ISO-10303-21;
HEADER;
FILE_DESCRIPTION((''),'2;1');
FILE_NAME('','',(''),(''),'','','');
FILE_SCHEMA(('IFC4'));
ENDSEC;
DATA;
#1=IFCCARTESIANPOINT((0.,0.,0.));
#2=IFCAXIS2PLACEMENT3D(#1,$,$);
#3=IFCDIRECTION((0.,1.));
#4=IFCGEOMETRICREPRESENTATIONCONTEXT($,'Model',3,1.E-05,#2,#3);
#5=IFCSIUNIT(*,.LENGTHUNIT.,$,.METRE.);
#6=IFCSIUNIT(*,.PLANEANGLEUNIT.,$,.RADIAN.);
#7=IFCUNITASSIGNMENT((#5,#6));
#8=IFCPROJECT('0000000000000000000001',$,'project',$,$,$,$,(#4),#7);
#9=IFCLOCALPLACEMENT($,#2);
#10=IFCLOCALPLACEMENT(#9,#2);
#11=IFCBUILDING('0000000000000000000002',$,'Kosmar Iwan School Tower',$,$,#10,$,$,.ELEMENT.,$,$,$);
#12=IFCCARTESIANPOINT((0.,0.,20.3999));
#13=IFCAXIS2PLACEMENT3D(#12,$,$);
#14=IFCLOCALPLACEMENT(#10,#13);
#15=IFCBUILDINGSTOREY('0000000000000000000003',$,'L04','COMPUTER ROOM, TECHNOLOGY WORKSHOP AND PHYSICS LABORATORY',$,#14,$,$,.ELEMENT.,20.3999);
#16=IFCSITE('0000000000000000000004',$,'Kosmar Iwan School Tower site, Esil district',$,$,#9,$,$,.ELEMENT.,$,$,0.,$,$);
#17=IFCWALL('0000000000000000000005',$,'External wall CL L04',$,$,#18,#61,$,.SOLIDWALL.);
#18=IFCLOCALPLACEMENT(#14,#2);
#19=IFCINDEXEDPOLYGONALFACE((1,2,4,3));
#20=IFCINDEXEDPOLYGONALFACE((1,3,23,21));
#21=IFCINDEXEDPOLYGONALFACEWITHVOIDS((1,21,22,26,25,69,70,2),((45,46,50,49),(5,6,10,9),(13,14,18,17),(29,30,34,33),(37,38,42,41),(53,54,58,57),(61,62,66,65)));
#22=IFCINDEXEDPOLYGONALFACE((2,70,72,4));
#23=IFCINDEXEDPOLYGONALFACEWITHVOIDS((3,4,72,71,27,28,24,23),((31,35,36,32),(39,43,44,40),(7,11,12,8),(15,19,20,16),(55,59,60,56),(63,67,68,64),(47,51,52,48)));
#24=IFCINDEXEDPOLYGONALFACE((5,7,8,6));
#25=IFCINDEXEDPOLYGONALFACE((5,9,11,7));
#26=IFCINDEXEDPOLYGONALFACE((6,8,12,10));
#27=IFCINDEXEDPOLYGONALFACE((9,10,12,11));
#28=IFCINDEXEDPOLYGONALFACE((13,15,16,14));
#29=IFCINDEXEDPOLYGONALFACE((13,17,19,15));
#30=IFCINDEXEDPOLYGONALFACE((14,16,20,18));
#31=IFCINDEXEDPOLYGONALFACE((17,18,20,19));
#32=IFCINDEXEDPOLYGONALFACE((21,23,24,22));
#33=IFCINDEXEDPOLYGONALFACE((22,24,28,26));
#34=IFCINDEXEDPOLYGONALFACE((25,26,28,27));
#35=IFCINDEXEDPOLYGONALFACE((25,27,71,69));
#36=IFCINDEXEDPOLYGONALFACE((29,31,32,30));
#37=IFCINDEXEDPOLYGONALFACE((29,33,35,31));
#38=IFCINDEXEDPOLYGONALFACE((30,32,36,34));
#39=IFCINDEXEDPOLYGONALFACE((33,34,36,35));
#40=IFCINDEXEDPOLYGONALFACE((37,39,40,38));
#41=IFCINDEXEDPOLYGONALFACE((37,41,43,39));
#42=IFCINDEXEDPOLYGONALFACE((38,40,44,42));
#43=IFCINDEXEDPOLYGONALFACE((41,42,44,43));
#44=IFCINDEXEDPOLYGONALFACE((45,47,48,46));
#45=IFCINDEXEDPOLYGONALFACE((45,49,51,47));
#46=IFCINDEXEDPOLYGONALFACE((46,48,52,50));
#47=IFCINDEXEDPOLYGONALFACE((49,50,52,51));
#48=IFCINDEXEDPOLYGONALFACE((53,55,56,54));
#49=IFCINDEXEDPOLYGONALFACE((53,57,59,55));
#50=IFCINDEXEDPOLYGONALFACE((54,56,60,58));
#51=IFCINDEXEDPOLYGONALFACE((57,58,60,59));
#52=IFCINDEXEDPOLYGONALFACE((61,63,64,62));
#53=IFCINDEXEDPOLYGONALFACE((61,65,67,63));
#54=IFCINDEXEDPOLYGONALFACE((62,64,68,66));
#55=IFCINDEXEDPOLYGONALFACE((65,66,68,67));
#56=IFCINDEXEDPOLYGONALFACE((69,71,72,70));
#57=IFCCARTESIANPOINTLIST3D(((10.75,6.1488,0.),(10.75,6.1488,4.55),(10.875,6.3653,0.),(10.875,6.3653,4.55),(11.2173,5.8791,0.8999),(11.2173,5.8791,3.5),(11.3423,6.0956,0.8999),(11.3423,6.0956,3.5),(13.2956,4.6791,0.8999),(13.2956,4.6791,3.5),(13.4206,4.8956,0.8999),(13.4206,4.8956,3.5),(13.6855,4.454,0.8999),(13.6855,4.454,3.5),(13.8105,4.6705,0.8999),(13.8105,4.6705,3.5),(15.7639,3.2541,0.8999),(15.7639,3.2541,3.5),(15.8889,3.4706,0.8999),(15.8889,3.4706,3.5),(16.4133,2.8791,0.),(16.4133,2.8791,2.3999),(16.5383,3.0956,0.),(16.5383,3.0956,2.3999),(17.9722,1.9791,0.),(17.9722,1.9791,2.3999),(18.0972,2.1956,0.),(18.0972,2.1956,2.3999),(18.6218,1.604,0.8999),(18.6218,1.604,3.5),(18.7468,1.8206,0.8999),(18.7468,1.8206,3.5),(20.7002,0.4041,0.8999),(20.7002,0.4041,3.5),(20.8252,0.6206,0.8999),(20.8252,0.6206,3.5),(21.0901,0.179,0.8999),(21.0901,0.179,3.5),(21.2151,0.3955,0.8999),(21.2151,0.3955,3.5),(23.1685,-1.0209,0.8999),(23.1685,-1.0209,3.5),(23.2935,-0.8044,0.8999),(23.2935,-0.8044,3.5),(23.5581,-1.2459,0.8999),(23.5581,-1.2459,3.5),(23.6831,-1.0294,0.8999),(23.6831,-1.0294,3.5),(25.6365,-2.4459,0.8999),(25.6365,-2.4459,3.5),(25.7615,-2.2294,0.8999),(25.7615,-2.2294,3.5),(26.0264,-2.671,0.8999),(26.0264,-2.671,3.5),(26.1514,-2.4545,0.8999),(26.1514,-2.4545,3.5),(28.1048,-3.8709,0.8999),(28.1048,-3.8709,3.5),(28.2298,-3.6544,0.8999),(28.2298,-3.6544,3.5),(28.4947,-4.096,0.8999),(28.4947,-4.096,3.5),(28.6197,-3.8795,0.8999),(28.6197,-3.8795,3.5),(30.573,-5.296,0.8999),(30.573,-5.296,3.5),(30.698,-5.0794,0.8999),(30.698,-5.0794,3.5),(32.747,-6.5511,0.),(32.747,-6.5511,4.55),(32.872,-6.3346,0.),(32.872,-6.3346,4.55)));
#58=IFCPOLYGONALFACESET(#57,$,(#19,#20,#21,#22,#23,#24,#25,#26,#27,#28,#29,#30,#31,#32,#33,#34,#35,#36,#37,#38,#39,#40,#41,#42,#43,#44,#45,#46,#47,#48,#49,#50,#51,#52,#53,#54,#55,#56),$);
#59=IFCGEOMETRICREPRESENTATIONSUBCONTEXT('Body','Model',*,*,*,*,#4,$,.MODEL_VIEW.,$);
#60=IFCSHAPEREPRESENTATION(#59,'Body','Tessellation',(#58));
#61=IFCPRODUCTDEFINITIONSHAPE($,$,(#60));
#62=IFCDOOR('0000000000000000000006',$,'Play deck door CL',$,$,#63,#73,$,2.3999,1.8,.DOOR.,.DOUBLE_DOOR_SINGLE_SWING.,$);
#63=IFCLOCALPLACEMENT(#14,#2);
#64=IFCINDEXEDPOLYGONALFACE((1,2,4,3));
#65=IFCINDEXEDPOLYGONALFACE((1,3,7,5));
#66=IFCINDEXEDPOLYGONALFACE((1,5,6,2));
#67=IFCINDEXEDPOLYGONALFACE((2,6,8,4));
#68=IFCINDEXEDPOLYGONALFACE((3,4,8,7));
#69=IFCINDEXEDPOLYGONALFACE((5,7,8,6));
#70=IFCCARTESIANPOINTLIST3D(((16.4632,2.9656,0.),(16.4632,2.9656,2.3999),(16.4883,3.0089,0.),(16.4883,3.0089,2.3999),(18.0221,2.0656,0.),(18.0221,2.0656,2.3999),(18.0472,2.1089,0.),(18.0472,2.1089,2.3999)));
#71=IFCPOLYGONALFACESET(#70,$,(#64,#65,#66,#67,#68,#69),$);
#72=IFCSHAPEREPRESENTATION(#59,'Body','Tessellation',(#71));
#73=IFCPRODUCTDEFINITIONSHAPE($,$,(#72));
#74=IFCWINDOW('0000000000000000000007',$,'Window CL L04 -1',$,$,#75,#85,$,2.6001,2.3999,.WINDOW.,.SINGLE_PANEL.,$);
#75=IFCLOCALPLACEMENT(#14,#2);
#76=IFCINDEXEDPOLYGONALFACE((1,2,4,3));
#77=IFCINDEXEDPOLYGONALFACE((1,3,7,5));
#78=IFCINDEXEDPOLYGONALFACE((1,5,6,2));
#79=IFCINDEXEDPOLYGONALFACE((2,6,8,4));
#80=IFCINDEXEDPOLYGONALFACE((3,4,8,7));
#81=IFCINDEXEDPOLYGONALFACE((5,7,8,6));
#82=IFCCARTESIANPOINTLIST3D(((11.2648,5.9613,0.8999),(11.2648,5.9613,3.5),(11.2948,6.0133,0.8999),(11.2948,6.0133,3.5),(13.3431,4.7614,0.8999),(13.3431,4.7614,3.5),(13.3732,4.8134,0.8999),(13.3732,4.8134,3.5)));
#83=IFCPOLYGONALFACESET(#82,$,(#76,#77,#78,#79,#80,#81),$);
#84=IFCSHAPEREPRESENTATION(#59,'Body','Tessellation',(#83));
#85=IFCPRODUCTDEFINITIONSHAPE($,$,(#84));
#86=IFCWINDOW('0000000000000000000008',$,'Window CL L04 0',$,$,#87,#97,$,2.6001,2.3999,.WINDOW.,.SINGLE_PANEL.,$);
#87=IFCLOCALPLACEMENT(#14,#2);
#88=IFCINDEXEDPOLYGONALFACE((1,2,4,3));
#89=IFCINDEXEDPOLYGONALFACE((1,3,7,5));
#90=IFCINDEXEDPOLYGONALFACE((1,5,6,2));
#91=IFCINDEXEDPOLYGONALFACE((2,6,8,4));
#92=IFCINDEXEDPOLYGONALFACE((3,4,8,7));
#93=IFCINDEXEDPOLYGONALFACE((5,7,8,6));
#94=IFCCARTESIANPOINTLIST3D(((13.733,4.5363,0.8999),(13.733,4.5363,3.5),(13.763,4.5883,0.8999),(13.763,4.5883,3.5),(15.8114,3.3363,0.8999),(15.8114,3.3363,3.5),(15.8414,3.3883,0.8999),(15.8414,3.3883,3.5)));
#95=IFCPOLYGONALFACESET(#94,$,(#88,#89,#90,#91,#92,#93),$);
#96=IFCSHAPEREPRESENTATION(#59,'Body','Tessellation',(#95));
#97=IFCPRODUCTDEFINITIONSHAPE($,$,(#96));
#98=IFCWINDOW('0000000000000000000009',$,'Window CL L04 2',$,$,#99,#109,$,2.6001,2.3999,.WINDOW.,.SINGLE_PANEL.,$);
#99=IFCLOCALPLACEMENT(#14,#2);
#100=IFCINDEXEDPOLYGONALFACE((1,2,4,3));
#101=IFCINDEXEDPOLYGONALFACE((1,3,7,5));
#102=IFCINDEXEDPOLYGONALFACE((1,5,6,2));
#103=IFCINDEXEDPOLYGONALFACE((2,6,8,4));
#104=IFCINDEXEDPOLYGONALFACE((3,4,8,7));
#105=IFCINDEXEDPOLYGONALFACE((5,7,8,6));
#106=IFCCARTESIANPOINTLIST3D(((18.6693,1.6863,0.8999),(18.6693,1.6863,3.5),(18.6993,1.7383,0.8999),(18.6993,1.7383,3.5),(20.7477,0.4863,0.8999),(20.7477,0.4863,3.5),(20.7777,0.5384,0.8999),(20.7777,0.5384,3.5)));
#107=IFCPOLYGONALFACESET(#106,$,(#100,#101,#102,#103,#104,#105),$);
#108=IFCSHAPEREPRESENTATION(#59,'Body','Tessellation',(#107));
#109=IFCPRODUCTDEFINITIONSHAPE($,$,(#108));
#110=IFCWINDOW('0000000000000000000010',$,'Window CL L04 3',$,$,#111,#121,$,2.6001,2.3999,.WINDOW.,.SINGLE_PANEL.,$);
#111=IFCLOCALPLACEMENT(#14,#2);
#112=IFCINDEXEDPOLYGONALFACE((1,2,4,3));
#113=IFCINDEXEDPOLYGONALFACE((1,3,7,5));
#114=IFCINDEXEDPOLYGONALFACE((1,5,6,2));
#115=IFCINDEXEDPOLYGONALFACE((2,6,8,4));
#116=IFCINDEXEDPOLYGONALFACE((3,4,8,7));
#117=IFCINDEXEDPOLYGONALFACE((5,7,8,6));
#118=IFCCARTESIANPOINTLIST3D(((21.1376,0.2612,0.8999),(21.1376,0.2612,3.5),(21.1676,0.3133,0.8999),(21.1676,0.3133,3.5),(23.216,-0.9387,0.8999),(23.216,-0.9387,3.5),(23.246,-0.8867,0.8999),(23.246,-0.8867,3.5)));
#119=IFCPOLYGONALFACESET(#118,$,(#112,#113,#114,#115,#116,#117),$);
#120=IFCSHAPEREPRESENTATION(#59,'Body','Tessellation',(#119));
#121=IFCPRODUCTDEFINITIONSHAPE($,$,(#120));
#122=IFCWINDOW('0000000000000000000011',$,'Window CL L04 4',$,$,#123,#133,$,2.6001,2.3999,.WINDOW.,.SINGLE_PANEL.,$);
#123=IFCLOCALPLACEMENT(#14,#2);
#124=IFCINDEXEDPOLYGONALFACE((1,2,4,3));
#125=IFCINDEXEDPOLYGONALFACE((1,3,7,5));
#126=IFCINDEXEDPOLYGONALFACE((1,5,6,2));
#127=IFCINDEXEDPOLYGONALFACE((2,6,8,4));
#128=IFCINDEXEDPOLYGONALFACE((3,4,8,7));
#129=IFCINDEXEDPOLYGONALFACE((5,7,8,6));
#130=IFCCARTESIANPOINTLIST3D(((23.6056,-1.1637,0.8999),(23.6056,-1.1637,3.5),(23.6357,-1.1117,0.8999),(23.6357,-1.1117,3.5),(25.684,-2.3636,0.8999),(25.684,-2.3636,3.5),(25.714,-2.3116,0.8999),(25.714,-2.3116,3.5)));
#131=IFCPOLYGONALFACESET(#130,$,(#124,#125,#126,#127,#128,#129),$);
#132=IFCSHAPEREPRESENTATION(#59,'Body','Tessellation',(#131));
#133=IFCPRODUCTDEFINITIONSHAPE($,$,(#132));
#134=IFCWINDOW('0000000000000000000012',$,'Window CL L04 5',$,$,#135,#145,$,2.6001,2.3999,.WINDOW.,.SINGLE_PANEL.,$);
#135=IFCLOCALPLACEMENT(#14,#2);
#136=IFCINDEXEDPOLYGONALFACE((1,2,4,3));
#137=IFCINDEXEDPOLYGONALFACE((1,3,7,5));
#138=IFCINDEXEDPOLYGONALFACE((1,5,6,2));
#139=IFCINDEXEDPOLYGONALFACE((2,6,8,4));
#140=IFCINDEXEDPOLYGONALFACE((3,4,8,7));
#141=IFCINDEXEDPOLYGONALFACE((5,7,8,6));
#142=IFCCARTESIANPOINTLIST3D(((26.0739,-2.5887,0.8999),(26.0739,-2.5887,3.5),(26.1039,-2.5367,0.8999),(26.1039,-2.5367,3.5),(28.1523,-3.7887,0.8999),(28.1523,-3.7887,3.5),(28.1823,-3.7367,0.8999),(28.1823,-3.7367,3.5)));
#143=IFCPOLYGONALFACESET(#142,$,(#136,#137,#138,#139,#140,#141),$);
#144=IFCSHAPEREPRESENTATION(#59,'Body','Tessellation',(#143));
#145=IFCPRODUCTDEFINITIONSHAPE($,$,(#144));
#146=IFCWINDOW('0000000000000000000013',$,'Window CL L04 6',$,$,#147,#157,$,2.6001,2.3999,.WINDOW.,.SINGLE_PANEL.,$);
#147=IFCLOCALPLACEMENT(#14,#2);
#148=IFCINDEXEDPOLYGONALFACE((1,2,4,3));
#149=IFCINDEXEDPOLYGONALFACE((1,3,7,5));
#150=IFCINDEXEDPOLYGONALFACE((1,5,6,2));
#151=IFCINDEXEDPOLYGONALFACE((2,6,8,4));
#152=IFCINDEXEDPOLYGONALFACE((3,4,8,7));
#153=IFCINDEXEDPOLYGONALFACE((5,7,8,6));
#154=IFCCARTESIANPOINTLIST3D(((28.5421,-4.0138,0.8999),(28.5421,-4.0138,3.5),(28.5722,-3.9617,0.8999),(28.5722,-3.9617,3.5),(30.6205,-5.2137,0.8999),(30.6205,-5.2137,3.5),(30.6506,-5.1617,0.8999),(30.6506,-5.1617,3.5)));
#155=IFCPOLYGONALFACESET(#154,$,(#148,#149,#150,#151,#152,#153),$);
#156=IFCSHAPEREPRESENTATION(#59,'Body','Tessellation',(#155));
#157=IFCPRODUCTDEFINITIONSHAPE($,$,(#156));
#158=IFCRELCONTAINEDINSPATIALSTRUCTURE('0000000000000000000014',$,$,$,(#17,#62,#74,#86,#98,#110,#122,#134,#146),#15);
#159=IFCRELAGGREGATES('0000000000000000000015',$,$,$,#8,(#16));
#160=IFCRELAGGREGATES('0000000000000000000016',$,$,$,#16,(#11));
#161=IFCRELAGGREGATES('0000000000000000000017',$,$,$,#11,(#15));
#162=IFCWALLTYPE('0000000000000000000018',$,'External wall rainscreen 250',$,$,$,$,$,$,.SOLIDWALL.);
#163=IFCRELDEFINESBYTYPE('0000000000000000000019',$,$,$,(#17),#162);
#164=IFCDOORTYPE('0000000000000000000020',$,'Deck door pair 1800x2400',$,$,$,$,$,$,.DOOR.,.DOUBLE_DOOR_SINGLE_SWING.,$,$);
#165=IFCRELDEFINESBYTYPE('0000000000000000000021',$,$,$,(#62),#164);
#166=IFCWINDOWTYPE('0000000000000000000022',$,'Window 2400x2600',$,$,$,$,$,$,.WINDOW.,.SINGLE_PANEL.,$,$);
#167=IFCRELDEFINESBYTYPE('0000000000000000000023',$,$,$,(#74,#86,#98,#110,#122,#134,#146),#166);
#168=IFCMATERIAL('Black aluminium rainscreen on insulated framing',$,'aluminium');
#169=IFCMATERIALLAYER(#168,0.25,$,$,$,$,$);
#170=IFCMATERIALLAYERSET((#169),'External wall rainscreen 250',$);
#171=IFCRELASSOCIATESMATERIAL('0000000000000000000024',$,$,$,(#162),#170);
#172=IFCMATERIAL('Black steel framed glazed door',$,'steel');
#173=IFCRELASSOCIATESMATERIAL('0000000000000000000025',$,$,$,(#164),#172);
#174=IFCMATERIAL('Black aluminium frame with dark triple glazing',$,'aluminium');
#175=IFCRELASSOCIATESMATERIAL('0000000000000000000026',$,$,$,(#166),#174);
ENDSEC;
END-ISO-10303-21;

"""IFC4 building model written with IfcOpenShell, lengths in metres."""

from ifc_helpers import new_model, si_unit, direction, frame, frame_2d, origin, place, context, subcontext, project, spatial, rectangle, extrude, material, layer, layer_set, type_object, element, fill, save


model = new_model("IFC4")

# Units and contexts
model_context = context("Model", 3, precision=1e-05, world=origin(), true_north=direction((0.0, 1.0)))
body_context = subcontext(model_context, "Body", "Model", "MODEL_VIEW")
ifc_project = project(units=[si_unit("LENGTHUNIT", "METRE"), si_unit("PLANEANGLEUNIT", "RADIAN")], contexts=[model_context])

# Site, building, storey
site_placement = place(None, origin())
site = spatial("IfcSite", under=ifc_project, at=site_placement, Name="Kosmar Iwan School Tower site, Esil district", CompositionType="ELEMENT", RefElevation=0.0)
building_placement = place(site_placement, origin())
building = spatial("IfcBuilding", under=site, at=building_placement, Name="Kosmar Iwan School Tower", CompositionType="ELEMENT")
storey_placement = place(building_placement, frame((0.0, 0.0, 20.3999)))
storey = spatial("IfcBuildingStorey", under=building, at=storey_placement, Name="L04", Description="COMPUTER ROOM, TECHNOLOGY WORKSHOP AND PHYSICS LABORATORY", CompositionType="ELEMENT", Elevation=20.3999)

# Wall, openings, door, windows
ifc_material_1 = material(Name="Black aluminium rainscreen on insulated framing", Category="aluminium")
ifc_layer_1 = layer(ifc_material_1, 0.25)
ifc_layer_set_1 = layer_set([ifc_layer_1], Name="External wall rainscreen 250")
wall_type_1 = type_object("IfcWallType", Name="External wall rainscreen 250", PredefinedType="SOLIDWALL", material=ifc_layer_set_1)
wall_1_placement = place(storey_placement, frame((10.8125, 6.2571, 0.0), z_axis=(0.0, 0.0, 1.0), x_axis=(0.866026, -0.499998, 0.0)))
wall_1 = element("IfcWall", 1, at=wall_1_placement, inside=storey, type_object=wall_type_1, Name="External wall CL L04", PredefinedType="SOLIDWALL", context=body_context, shape_type="SweptSolid", body=[
    extrude(rectangle(XDim=25.3999, YDim=0.25, at=frame_2d((12.7, 0.0))), origin(), (0.0, 0.0, 1.0), 4.55),
])
opening_1_placement = place(wall_1_placement, frame((0.5396, 0.0, 0.8999)))
opening_1 = element("IfcOpeningElement", 2, at=opening_1_placement, cuts=wall_1, PredefinedType="OPENING", context=body_context, shape_type="SweptSolid", body=[
    extrude(rectangle(XDim=2.3999, YDim=2.6001, at=frame_2d((1.2, 1.3))), frame((0.0, 0.137, 0.0), z_axis=(0.0, -1.0, 0.0), x_axis=(1.0, 0.0, 0.0)), (0.0, 0.0, 1.0), 0.2739),
])
opening_2_placement = place(wall_1_placement, frame((3.3896, 0.0, 0.8999)))
opening_2 = element("IfcOpeningElement", 3, at=opening_2_placement, cuts=wall_1, PredefinedType="OPENING", context=body_context, shape_type="SweptSolid", body=[
    extrude(rectangle(XDim=2.3999, YDim=2.6001, at=frame_2d((1.2, 1.3))), frame((0.0, 0.137, 0.0), z_axis=(0.0, -1.0, 0.0), x_axis=(1.0, 0.0, 0.0)), (0.0, 0.0, 1.0), 0.2739),
])
opening_3_placement = place(wall_1_placement, frame((6.5396, 0.0, 0.0)))
opening_3 = element("IfcOpeningElement", 4, at=opening_3_placement, cuts=wall_1, PredefinedType="OPENING", context=body_context, shape_type="SweptSolid", body=[
    extrude(rectangle(XDim=1.8, YDim=2.3999, at=frame_2d((0.8999, 1.2))), frame((0.0, 0.137, 0.0), z_axis=(0.0, -1.0, 0.0), x_axis=(1.0, 0.0, 0.0)), (0.0, 0.0, 1.0), 0.2739),
])
opening_4_placement = place(wall_1_placement, frame((9.0896, 0.0, 0.8999)))
opening_4 = element("IfcOpeningElement", 5, at=opening_4_placement, cuts=wall_1, PredefinedType="OPENING", context=body_context, shape_type="SweptSolid", body=[
    extrude(rectangle(XDim=2.3999, YDim=2.6001, at=frame_2d((1.2, 1.3))), frame((0.0, 0.137, 0.0), z_axis=(0.0, -1.0, 0.0), x_axis=(1.0, 0.0, 0.0)), (0.0, 0.0, 1.0), 0.2739),
])
opening_5_placement = place(wall_1_placement, frame((11.9397, 0.0, 0.8999)))
opening_5 = element("IfcOpeningElement", 6, at=opening_5_placement, cuts=wall_1, PredefinedType="OPENING", context=body_context, shape_type="SweptSolid", body=[
    extrude(rectangle(XDim=2.3999, YDim=2.6001, at=frame_2d((1.2, 1.3))), frame((0.0, 0.137, 0.0), z_axis=(0.0, -1.0, 0.0), x_axis=(1.0, 0.0, 0.0)), (0.0, 0.0, 1.0), 0.2739),
])
opening_6_placement = place(wall_1_placement, frame((14.7896, 0.0, 0.8999)))
opening_6 = element("IfcOpeningElement", 7, at=opening_6_placement, cuts=wall_1, PredefinedType="OPENING", context=body_context, shape_type="SweptSolid", body=[
    extrude(rectangle(XDim=2.3999, YDim=2.6001, at=frame_2d((1.2, 1.3))), frame((0.0, 0.137, 0.0), z_axis=(0.0, -1.0, 0.0), x_axis=(1.0, 0.0, 0.0)), (0.0, 0.0, 1.0), 0.2739),
])
opening_7_placement = place(wall_1_placement, frame((17.6396, 0.0, 0.8999)))
opening_7 = element("IfcOpeningElement", 8, at=opening_7_placement, cuts=wall_1, PredefinedType="OPENING", context=body_context, shape_type="SweptSolid", body=[
    extrude(rectangle(XDim=2.3999, YDim=2.6001, at=frame_2d((1.2, 1.3))), frame((0.0, 0.137, 0.0), z_axis=(0.0, -1.0, 0.0), x_axis=(1.0, 0.0, 0.0)), (0.0, 0.0, 1.0), 0.2739),
])
opening_8_placement = place(wall_1_placement, frame((20.4897, 0.0, 0.8999)))
opening_8 = element("IfcOpeningElement", 9, at=opening_8_placement, cuts=wall_1, PredefinedType="OPENING", context=body_context, shape_type="SweptSolid", body=[
    extrude(rectangle(XDim=2.3999, YDim=2.6001, at=frame_2d((1.2, 1.3))), frame((0.0, 0.137, 0.0), z_axis=(0.0, -1.0, 0.0), x_axis=(1.0, 0.0, 0.0)), (0.0, 0.0, 1.0), 0.2739),
])
ifc_material_2 = material(Name="Black steel framed glazed door", Category="steel")
door_type_1 = type_object("IfcDoorType", Name="Deck door pair 1800x2400", OperationType="DOUBLE_DOOR_SINGLE_SWING", PredefinedType="DOOR", material=ifc_material_2)
door_1_placement = place(opening_3_placement, origin())
door_1 = element("IfcDoor", 10, at=door_1_placement, inside=storey, type_object=door_type_1, Name="Play deck door CL", OperationType="DOUBLE_DOOR_SINGLE_SWING", OverallHeight=2.3999, OverallWidth=1.8, PredefinedType="DOOR", context=body_context, shape_type="SweptSolid", body=[
    extrude(rectangle(XDim=1.8, YDim=2.3999, at=frame_2d((0.8999, 1.2))), frame((0.0, 0.0249, 0.0), z_axis=(0.0, -1.0, 0.0), x_axis=(1.0, 0.0, 0.0)), (0.0, 0.0, 1.0), 0.05),
])
fill(opening_3, door_1)
ifc_material_3 = material(Name="Black aluminium frame with dark triple glazing", Category="aluminium")
window_type = type_object("IfcWindowType", Name="Window 2400x2600", PartitioningType="SINGLE_PANEL", PredefinedType="WINDOW", material=ifc_material_3)
window_1_placement = place(opening_1_placement, origin())
window_1 = element("IfcWindow", 11, at=window_1_placement, inside=storey, type_object=window_type, Name="Window CL L04 -1", OverallHeight=2.6001, OverallWidth=2.3999, PartitioningType="SINGLE_PANEL", PredefinedType="WINDOW", context=body_context, shape_type="SweptSolid", body=[
    extrude(rectangle(XDim=2.3999, YDim=2.6001, at=frame_2d((1.2, 1.3))), frame((0.0, 0.03, 0.0), z_axis=(0.0, -1.0, 0.0), x_axis=(1.0, 0.0, 0.0)), (0.0, 0.0, 1.0), 0.0601),
])
fill(opening_1, window_1)
window_2_placement = place(opening_2_placement, origin())
window_2 = element("IfcWindow", 12, at=window_2_placement, inside=storey, type_object=window_type, Name="Window CL L04 0", OverallHeight=2.6001, OverallWidth=2.3999, PartitioningType="SINGLE_PANEL", PredefinedType="WINDOW", context=body_context, shape_type="SweptSolid", body=[
    extrude(rectangle(XDim=2.3999, YDim=2.6001, at=frame_2d((1.2, 1.3))), frame((0.0, 0.03, 0.0), z_axis=(0.0, -1.0, 0.0), x_axis=(1.0, 0.0, 0.0)), (0.0, 0.0, 1.0), 0.0601),
])
fill(opening_2, window_2)
window_3_placement = place(opening_4_placement, origin())
window_3 = element("IfcWindow", 13, at=window_3_placement, inside=storey, type_object=window_type, Name="Window CL L04 2", OverallHeight=2.6001, OverallWidth=2.3999, PartitioningType="SINGLE_PANEL", PredefinedType="WINDOW", context=body_context, shape_type="SweptSolid", body=[
    extrude(rectangle(XDim=2.3999, YDim=2.6001, at=frame_2d((1.2, 1.3))), frame((0.0, 0.03, 0.0), z_axis=(0.0, -1.0, 0.0), x_axis=(1.0, 0.0, 0.0)), (0.0, 0.0, 1.0), 0.0601),
])
fill(opening_4, window_3)
window_4_placement = place(opening_5_placement, origin())
window_4 = element("IfcWindow", 14, at=window_4_placement, inside=storey, type_object=window_type, Name="Window CL L04 3", OverallHeight=2.6001, OverallWidth=2.3999, PartitioningType="SINGLE_PANEL", PredefinedType="WINDOW", context=body_context, shape_type="SweptSolid", body=[
    extrude(rectangle(XDim=2.3999, YDim=2.6001, at=frame_2d((1.2, 1.3))), frame((0.0, 0.03, 0.0), z_axis=(0.0, -1.0, 0.0), x_axis=(1.0, 0.0, 0.0)), (0.0, 0.0, 1.0), 0.0601),
])
fill(opening_5, window_4)
window_5_placement = place(opening_6_placement, origin())
window_5 = element("IfcWindow", 15, at=window_5_placement, inside=storey, type_object=window_type, Name="Window CL L04 4", OverallHeight=2.6001, OverallWidth=2.3999, PartitioningType="SINGLE_PANEL", PredefinedType="WINDOW", context=body_context, shape_type="SweptSolid", body=[
    extrude(rectangle(XDim=2.3999, YDim=2.6001, at=frame_2d((1.2, 1.3))), frame((0.0, 0.03, 0.0), z_axis=(0.0, -1.0, 0.0), x_axis=(1.0, 0.0, 0.0)), (0.0, 0.0, 1.0), 0.0601),
])
fill(opening_6, window_5)
window_6_placement = place(opening_7_placement, origin())
window_6 = element("IfcWindow", 16, at=window_6_placement, inside=storey, type_object=window_type, Name="Window CL L04 5", OverallHeight=2.6001, OverallWidth=2.3999, PartitioningType="SINGLE_PANEL", PredefinedType="WINDOW", context=body_context, shape_type="SweptSolid", body=[
    extrude(rectangle(XDim=2.3999, YDim=2.6001, at=frame_2d((1.2, 1.3))), frame((0.0, 0.03, 0.0), z_axis=(0.0, -1.0, 0.0), x_axis=(1.0, 0.0, 0.0)), (0.0, 0.0, 1.0), 0.0601),
])
fill(opening_7, window_6)
window_7_placement = place(opening_8_placement, origin())
window_7 = element("IfcWindow", 17, at=window_7_placement, inside=storey, type_object=window_type, Name="Window CL L04 6", OverallHeight=2.6001, OverallWidth=2.3999, PartitioningType="SINGLE_PANEL", PredefinedType="WINDOW", context=body_context, shape_type="SweptSolid", body=[
    extrude(rectangle(XDim=2.3999, YDim=2.6001, at=frame_2d((1.2, 1.3))), frame((0.0, 0.03, 0.0), z_axis=(0.0, -1.0, 0.0), x_axis=(1.0, 0.0, 0.0)), (0.0, 0.0, 1.0), 0.0601),
])
fill(opening_8, window_7)

save(model, "model.ifc")
